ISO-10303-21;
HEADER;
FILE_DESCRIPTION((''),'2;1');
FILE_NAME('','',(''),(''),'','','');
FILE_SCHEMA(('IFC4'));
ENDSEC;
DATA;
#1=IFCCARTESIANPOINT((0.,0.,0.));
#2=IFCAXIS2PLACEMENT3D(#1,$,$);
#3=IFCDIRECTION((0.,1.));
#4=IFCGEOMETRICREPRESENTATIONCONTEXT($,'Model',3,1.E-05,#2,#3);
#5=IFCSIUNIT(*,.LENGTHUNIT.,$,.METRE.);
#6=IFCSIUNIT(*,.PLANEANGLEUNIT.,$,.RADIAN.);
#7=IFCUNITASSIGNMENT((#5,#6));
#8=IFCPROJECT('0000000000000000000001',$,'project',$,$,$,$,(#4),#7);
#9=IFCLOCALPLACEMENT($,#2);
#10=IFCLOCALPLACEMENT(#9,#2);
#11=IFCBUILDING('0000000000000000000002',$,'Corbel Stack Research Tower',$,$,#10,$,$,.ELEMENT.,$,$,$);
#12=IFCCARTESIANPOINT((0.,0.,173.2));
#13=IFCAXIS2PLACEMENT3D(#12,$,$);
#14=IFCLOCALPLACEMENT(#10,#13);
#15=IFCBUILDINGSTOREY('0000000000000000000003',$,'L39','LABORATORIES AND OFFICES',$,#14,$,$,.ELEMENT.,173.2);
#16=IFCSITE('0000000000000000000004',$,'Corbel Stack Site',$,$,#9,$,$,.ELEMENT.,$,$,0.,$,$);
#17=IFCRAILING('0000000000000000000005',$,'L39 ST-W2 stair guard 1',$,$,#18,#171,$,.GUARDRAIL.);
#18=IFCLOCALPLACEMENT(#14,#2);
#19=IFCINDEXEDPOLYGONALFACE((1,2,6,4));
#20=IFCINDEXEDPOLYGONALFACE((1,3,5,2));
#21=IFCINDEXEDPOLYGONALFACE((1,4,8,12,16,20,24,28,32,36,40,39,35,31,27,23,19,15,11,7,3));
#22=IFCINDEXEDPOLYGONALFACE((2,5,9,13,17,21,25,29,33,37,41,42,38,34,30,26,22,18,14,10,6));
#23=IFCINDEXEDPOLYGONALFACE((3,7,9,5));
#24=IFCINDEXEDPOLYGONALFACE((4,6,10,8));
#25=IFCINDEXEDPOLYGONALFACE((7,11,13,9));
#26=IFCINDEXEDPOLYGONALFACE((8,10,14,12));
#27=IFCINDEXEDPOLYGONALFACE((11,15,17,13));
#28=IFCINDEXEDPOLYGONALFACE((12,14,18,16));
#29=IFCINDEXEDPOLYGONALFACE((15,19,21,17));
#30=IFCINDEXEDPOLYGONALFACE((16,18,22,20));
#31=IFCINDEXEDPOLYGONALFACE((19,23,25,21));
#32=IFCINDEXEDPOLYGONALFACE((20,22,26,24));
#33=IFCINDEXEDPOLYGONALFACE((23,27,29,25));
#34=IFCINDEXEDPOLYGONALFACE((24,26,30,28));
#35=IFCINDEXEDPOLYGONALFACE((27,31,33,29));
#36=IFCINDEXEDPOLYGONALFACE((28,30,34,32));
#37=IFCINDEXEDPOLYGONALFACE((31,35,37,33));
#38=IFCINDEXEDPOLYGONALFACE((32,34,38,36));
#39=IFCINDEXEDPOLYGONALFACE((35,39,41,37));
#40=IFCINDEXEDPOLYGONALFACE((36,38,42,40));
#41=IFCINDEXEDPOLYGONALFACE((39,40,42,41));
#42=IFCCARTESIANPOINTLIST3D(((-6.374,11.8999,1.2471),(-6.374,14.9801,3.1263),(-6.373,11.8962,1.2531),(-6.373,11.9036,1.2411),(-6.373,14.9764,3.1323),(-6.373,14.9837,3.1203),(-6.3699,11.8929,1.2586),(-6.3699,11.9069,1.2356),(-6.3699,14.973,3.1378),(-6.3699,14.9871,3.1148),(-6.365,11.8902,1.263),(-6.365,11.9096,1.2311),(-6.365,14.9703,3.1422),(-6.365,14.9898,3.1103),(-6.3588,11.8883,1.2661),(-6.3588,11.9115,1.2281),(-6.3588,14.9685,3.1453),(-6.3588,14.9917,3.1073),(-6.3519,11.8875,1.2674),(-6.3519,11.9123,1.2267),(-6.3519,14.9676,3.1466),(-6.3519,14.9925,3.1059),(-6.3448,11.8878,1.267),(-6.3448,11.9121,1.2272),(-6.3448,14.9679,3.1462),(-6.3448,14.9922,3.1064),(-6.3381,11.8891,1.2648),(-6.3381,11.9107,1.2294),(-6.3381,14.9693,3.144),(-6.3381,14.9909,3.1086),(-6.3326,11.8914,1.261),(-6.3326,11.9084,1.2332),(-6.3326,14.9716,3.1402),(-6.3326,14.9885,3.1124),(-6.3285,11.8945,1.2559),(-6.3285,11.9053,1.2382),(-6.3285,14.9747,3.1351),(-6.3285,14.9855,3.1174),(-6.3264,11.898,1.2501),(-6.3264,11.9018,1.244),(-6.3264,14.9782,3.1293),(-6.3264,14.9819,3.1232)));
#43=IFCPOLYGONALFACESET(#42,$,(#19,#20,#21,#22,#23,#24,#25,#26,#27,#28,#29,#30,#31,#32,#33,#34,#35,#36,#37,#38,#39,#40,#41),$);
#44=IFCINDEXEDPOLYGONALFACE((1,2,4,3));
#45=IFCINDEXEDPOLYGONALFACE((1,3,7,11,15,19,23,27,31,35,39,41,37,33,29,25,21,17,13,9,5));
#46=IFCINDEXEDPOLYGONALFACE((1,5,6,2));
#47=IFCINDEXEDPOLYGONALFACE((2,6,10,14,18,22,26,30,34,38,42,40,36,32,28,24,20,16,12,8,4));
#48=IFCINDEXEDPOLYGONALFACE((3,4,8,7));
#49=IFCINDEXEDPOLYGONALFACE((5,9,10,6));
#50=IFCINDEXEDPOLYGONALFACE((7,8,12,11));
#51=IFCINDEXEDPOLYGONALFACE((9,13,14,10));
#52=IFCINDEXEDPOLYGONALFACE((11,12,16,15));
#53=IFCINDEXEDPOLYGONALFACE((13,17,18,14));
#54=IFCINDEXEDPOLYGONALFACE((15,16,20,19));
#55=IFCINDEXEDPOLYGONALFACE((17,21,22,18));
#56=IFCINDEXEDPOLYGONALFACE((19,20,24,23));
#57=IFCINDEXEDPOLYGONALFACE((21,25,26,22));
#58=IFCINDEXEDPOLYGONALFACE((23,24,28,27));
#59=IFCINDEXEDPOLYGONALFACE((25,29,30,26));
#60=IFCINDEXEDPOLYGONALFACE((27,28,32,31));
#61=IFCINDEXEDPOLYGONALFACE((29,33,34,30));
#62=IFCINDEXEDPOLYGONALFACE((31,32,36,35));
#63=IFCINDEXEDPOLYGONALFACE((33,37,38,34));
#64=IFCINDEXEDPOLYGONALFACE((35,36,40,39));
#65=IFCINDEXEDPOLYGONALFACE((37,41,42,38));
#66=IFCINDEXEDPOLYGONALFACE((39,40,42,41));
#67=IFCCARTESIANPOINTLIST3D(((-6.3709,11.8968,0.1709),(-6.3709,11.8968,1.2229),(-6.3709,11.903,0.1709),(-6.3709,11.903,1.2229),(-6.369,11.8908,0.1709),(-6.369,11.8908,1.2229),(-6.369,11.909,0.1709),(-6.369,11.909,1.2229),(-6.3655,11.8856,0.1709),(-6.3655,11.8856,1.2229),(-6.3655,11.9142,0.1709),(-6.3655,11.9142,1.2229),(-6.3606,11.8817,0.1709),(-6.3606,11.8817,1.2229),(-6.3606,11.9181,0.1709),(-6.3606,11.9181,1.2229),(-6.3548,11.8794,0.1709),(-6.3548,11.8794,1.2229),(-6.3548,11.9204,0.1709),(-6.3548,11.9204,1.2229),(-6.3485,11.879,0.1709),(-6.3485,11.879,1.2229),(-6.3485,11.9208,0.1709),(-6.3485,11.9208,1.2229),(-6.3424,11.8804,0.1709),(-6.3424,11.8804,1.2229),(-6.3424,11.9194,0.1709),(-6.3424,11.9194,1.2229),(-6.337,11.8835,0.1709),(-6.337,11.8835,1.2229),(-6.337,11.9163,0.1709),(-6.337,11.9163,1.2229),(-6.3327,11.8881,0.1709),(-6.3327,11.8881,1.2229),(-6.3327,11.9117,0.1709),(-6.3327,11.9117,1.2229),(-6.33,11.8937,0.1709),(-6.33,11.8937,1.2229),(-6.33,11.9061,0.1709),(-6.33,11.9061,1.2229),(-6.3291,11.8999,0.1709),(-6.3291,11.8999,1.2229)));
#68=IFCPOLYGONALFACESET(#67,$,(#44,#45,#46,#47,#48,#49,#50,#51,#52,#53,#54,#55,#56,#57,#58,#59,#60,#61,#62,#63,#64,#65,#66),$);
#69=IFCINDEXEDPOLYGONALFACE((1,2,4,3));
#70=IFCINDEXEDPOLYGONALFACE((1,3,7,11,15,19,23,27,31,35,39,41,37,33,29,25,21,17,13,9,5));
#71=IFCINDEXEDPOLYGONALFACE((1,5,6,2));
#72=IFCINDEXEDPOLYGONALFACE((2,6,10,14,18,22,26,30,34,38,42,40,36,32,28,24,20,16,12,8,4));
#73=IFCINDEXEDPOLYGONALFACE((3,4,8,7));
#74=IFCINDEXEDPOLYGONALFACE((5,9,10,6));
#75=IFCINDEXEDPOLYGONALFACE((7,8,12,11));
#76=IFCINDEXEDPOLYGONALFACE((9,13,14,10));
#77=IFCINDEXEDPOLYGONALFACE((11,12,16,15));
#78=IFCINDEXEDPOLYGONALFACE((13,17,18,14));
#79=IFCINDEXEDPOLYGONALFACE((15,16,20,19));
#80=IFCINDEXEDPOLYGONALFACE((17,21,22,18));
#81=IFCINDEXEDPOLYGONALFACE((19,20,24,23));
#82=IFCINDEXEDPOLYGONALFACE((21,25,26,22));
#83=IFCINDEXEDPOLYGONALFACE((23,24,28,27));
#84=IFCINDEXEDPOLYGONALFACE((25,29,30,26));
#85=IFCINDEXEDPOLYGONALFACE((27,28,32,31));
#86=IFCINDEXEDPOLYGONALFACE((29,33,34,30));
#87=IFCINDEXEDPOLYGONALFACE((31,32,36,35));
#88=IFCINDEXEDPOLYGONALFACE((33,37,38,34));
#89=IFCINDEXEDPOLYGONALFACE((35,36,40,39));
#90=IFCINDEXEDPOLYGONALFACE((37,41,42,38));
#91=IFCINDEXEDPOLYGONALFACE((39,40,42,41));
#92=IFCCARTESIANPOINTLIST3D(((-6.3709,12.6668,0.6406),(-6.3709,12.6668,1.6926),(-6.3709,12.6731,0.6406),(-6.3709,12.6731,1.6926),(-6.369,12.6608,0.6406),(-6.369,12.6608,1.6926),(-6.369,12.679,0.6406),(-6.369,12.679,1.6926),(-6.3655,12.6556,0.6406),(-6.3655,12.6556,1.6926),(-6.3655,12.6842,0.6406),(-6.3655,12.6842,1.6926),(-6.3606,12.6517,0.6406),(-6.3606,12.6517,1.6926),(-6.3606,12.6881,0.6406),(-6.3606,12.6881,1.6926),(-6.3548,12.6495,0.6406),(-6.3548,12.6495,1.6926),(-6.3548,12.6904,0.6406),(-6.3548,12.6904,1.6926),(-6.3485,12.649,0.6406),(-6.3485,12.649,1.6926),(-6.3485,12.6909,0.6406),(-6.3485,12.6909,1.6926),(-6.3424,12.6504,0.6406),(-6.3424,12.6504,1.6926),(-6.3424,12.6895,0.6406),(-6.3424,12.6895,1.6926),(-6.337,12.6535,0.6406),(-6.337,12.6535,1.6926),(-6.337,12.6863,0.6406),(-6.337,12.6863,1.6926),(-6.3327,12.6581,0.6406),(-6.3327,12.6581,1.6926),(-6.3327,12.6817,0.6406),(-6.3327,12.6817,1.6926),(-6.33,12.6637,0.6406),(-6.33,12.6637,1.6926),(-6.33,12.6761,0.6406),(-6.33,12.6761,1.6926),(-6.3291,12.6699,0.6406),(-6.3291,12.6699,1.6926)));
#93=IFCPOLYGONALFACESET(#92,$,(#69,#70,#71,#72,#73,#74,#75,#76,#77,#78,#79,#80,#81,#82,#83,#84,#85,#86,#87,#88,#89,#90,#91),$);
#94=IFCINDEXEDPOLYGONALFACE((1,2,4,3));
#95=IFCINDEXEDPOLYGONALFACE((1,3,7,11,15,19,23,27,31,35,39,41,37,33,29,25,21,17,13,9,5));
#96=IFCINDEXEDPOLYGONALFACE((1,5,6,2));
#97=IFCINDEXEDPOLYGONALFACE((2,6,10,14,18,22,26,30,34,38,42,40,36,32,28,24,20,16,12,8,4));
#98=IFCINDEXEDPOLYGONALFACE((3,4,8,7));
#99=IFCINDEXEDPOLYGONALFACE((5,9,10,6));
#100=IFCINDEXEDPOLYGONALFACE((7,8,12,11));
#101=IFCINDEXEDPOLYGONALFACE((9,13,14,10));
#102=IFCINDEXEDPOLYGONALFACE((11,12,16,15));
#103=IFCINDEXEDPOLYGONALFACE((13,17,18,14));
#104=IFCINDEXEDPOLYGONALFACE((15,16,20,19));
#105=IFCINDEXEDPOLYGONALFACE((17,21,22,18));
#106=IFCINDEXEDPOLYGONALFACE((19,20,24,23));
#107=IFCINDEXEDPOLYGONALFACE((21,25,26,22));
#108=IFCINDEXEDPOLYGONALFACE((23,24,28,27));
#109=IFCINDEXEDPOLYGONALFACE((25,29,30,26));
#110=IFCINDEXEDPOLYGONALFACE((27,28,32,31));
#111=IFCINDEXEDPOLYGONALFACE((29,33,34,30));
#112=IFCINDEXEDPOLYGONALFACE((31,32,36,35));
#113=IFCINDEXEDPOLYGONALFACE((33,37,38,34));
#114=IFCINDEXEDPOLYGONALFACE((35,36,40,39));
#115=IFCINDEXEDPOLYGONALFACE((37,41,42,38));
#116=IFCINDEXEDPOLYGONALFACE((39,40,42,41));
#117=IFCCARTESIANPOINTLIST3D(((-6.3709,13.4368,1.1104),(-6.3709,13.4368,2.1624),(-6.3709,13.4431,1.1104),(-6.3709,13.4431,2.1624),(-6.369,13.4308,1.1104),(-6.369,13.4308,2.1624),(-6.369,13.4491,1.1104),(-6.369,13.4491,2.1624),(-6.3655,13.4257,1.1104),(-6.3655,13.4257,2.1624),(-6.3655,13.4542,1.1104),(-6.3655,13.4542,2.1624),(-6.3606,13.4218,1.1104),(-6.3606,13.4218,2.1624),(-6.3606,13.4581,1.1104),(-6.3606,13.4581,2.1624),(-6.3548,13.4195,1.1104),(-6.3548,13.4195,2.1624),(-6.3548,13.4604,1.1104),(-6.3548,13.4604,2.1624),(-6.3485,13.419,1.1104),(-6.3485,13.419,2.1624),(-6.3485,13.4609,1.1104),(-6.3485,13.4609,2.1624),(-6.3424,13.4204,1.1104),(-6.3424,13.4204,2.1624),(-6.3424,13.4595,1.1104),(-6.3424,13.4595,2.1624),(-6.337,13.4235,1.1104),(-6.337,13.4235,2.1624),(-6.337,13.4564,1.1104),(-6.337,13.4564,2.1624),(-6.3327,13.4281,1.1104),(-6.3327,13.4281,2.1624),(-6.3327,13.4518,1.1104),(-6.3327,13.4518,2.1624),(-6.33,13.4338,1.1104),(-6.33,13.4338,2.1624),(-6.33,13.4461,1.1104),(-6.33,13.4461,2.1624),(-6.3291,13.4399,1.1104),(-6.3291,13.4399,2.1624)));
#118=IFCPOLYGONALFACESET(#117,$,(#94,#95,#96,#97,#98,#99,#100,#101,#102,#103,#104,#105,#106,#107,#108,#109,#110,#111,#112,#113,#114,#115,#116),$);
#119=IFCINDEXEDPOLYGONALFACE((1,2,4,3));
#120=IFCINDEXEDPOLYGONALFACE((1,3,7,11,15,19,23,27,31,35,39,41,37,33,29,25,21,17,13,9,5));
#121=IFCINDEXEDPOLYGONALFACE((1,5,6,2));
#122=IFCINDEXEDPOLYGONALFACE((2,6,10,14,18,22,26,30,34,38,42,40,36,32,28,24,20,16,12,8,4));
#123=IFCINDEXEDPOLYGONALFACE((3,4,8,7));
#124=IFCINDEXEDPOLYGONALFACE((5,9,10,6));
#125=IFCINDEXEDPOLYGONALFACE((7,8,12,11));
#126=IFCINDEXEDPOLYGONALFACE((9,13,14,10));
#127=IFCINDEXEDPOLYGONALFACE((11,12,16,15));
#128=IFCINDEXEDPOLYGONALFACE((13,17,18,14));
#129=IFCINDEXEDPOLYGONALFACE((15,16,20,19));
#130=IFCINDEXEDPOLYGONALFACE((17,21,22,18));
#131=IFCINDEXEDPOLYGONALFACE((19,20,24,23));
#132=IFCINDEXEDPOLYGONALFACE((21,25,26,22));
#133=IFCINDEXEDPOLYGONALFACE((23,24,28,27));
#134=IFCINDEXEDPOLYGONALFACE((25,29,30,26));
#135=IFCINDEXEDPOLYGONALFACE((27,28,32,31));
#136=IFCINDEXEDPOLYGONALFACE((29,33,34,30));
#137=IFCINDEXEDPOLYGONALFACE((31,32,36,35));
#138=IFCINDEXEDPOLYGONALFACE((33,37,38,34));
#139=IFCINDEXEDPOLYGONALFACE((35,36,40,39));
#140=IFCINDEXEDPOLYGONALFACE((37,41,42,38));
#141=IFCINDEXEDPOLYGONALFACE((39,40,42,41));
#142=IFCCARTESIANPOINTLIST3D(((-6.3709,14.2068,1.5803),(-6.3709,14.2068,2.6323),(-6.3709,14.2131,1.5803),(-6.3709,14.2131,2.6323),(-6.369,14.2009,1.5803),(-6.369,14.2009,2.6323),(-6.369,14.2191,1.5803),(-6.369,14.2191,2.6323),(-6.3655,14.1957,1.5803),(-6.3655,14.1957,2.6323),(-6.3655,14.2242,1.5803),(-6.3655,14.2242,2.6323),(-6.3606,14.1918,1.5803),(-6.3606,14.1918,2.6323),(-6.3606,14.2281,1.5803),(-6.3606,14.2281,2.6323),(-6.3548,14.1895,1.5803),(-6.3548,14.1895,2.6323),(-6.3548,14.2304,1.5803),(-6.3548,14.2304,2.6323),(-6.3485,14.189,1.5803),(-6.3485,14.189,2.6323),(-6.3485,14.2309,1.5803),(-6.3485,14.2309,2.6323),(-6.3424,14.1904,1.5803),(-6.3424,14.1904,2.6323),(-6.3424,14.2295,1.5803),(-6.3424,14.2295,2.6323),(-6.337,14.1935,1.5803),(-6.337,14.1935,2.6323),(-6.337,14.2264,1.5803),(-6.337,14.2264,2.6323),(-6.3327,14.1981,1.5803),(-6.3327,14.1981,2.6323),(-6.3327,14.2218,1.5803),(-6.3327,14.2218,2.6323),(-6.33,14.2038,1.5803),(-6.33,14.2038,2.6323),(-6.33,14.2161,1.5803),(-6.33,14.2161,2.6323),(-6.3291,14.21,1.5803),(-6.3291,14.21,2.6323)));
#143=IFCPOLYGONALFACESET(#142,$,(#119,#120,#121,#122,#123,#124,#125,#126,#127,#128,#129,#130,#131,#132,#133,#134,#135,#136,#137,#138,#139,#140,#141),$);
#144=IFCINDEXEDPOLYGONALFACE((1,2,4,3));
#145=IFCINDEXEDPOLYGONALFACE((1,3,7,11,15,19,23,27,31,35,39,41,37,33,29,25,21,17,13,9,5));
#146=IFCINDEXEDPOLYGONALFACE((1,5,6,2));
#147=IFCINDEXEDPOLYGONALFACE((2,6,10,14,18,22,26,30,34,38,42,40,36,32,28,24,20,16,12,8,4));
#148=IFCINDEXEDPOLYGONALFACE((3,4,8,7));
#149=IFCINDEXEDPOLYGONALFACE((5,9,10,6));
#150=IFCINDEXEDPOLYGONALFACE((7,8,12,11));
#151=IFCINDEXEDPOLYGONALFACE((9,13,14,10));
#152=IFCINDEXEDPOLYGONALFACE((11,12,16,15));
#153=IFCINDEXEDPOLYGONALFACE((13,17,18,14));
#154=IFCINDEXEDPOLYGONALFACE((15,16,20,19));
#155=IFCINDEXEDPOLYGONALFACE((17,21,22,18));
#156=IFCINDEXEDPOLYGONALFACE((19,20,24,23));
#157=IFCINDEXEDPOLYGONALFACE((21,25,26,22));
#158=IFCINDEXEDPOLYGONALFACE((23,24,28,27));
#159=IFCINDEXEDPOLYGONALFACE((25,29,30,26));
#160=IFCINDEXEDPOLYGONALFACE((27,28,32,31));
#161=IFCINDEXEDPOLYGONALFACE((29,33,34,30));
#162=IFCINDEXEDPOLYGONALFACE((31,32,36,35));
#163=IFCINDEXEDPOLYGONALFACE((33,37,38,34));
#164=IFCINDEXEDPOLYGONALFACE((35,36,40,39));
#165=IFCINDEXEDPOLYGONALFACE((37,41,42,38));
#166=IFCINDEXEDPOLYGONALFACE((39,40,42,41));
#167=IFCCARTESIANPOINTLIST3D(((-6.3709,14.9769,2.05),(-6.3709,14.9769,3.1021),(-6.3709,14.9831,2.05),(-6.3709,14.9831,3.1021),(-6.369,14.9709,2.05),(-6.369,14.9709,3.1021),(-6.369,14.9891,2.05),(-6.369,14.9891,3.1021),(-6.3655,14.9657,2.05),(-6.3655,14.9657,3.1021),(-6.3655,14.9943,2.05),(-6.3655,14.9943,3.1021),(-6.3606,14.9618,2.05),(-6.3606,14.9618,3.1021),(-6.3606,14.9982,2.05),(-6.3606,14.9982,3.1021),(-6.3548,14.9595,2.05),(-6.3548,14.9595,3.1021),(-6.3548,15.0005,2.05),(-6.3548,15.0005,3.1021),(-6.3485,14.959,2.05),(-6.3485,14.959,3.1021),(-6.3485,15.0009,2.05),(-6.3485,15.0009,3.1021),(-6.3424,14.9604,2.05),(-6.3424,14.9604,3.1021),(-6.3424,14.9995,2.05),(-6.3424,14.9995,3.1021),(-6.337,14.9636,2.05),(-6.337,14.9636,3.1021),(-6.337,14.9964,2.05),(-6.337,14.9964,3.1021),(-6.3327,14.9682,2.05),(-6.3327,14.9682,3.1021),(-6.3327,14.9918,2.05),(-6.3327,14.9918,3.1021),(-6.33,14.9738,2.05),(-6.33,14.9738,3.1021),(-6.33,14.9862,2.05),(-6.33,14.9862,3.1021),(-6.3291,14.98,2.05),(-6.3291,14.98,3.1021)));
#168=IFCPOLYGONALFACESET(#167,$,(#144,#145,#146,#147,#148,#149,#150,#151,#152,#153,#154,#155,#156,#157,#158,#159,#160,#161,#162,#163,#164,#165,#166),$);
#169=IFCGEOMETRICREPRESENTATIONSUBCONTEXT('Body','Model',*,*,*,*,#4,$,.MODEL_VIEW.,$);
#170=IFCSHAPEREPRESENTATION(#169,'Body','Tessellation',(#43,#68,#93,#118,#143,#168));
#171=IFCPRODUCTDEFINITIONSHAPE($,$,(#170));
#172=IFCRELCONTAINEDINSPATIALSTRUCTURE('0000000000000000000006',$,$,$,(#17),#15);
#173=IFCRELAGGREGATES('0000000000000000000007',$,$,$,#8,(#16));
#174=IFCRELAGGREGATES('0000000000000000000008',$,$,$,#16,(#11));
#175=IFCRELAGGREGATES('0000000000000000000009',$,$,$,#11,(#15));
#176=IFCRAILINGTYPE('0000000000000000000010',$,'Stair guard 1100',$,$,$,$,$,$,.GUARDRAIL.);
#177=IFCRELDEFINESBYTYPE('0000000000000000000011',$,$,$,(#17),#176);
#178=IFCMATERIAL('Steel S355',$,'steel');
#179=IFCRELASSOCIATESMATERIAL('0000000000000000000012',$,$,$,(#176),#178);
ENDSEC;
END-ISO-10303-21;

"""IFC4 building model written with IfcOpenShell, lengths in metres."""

from ifc_helpers import new_model, si_unit, direction, frame, origin, origin_2d, place, context, subcontext, project, spatial, circle, extrude, material, type_object, element, save


model = new_model("IFC4")

# Units and contexts
model_context = context("Model", 3, precision=1e-05, world=origin(), true_north=direction((0.0, 1.0)))
body_context = subcontext(model_context, "Body", "Model", "MODEL_VIEW")
ifc_project = project(units=[si_unit("LENGTHUNIT", "METRE"), si_unit("PLANEANGLEUNIT", "RADIAN")], contexts=[model_context])

# Site, building, storey
site_placement = place(None, origin())
site = spatial("IfcSite", under=ifc_project, at=site_placement, Name="Corbel Stack Site", CompositionType="ELEMENT", RefElevation=0.0)
building_placement = place(site_placement, origin())
building = spatial("IfcBuilding", under=site, at=building_placement, Name="Corbel Stack Research Tower", CompositionType="ELEMENT")
storey_placement = place(building_placement, frame((0.0, 0.0, 173.2)))
storey = spatial("IfcBuildingStorey", under=building, at=storey_placement, Name="L39", Description="LABORATORIES AND OFFICES", CompositionType="ELEMENT", Elevation=173.2)

# Railing
ifc_material_1 = material(Name="Steel S355", Category="steel")
railing_type_1 = type_object("IfcRailingType", Name="Stair guard 1100", PredefinedType="GUARDRAIL", material=ifc_material_1)
railing_1_placement = place(storey_placement, frame((-6.3501, 11.8999, 0.1709)))
element("IfcRailing", 1, at=railing_1_placement, inside=storey, type_object=railing_type_1, Name="L39 ST-W2 stair guard 1", PredefinedType="GUARDRAIL", context=body_context, shape_type="SweptSolid", body=[
    extrude(circle(Radius=0.0239, at=origin_2d()), frame((0.0, 0.0, 1.0762), z_axis=(0.0, 0.853666, 0.52082), x_axis=(-1.0, 0.0, 0.0)), (0.0, 0.0, 1.0), 3.6082),
    extrude(circle(Radius=0.021, at=origin_2d()), origin(), (0.0, 0.0, 1.0), 1.052),
    extrude(circle(Radius=0.021, at=origin_2d()), frame((0.0, 0.77, 0.4697)), (0.0, 0.0, 1.0), 1.052),
    extrude(circle(Radius=0.021, at=origin_2d()), frame((0.0, 1.54, 0.9395)), (0.0, 0.0, 1.0), 1.052),
    extrude(circle(Radius=0.021, at=origin_2d()), frame((0.0, 2.3101, 1.4094)), (0.0, 0.0, 1.0), 1.052),
    extrude(circle(Radius=0.021, at=origin_2d()), frame((0.0, 3.0801, 1.8792)), (0.0, 0.0, 1.0), 1.052),
])

save(model, "model.ifc")
